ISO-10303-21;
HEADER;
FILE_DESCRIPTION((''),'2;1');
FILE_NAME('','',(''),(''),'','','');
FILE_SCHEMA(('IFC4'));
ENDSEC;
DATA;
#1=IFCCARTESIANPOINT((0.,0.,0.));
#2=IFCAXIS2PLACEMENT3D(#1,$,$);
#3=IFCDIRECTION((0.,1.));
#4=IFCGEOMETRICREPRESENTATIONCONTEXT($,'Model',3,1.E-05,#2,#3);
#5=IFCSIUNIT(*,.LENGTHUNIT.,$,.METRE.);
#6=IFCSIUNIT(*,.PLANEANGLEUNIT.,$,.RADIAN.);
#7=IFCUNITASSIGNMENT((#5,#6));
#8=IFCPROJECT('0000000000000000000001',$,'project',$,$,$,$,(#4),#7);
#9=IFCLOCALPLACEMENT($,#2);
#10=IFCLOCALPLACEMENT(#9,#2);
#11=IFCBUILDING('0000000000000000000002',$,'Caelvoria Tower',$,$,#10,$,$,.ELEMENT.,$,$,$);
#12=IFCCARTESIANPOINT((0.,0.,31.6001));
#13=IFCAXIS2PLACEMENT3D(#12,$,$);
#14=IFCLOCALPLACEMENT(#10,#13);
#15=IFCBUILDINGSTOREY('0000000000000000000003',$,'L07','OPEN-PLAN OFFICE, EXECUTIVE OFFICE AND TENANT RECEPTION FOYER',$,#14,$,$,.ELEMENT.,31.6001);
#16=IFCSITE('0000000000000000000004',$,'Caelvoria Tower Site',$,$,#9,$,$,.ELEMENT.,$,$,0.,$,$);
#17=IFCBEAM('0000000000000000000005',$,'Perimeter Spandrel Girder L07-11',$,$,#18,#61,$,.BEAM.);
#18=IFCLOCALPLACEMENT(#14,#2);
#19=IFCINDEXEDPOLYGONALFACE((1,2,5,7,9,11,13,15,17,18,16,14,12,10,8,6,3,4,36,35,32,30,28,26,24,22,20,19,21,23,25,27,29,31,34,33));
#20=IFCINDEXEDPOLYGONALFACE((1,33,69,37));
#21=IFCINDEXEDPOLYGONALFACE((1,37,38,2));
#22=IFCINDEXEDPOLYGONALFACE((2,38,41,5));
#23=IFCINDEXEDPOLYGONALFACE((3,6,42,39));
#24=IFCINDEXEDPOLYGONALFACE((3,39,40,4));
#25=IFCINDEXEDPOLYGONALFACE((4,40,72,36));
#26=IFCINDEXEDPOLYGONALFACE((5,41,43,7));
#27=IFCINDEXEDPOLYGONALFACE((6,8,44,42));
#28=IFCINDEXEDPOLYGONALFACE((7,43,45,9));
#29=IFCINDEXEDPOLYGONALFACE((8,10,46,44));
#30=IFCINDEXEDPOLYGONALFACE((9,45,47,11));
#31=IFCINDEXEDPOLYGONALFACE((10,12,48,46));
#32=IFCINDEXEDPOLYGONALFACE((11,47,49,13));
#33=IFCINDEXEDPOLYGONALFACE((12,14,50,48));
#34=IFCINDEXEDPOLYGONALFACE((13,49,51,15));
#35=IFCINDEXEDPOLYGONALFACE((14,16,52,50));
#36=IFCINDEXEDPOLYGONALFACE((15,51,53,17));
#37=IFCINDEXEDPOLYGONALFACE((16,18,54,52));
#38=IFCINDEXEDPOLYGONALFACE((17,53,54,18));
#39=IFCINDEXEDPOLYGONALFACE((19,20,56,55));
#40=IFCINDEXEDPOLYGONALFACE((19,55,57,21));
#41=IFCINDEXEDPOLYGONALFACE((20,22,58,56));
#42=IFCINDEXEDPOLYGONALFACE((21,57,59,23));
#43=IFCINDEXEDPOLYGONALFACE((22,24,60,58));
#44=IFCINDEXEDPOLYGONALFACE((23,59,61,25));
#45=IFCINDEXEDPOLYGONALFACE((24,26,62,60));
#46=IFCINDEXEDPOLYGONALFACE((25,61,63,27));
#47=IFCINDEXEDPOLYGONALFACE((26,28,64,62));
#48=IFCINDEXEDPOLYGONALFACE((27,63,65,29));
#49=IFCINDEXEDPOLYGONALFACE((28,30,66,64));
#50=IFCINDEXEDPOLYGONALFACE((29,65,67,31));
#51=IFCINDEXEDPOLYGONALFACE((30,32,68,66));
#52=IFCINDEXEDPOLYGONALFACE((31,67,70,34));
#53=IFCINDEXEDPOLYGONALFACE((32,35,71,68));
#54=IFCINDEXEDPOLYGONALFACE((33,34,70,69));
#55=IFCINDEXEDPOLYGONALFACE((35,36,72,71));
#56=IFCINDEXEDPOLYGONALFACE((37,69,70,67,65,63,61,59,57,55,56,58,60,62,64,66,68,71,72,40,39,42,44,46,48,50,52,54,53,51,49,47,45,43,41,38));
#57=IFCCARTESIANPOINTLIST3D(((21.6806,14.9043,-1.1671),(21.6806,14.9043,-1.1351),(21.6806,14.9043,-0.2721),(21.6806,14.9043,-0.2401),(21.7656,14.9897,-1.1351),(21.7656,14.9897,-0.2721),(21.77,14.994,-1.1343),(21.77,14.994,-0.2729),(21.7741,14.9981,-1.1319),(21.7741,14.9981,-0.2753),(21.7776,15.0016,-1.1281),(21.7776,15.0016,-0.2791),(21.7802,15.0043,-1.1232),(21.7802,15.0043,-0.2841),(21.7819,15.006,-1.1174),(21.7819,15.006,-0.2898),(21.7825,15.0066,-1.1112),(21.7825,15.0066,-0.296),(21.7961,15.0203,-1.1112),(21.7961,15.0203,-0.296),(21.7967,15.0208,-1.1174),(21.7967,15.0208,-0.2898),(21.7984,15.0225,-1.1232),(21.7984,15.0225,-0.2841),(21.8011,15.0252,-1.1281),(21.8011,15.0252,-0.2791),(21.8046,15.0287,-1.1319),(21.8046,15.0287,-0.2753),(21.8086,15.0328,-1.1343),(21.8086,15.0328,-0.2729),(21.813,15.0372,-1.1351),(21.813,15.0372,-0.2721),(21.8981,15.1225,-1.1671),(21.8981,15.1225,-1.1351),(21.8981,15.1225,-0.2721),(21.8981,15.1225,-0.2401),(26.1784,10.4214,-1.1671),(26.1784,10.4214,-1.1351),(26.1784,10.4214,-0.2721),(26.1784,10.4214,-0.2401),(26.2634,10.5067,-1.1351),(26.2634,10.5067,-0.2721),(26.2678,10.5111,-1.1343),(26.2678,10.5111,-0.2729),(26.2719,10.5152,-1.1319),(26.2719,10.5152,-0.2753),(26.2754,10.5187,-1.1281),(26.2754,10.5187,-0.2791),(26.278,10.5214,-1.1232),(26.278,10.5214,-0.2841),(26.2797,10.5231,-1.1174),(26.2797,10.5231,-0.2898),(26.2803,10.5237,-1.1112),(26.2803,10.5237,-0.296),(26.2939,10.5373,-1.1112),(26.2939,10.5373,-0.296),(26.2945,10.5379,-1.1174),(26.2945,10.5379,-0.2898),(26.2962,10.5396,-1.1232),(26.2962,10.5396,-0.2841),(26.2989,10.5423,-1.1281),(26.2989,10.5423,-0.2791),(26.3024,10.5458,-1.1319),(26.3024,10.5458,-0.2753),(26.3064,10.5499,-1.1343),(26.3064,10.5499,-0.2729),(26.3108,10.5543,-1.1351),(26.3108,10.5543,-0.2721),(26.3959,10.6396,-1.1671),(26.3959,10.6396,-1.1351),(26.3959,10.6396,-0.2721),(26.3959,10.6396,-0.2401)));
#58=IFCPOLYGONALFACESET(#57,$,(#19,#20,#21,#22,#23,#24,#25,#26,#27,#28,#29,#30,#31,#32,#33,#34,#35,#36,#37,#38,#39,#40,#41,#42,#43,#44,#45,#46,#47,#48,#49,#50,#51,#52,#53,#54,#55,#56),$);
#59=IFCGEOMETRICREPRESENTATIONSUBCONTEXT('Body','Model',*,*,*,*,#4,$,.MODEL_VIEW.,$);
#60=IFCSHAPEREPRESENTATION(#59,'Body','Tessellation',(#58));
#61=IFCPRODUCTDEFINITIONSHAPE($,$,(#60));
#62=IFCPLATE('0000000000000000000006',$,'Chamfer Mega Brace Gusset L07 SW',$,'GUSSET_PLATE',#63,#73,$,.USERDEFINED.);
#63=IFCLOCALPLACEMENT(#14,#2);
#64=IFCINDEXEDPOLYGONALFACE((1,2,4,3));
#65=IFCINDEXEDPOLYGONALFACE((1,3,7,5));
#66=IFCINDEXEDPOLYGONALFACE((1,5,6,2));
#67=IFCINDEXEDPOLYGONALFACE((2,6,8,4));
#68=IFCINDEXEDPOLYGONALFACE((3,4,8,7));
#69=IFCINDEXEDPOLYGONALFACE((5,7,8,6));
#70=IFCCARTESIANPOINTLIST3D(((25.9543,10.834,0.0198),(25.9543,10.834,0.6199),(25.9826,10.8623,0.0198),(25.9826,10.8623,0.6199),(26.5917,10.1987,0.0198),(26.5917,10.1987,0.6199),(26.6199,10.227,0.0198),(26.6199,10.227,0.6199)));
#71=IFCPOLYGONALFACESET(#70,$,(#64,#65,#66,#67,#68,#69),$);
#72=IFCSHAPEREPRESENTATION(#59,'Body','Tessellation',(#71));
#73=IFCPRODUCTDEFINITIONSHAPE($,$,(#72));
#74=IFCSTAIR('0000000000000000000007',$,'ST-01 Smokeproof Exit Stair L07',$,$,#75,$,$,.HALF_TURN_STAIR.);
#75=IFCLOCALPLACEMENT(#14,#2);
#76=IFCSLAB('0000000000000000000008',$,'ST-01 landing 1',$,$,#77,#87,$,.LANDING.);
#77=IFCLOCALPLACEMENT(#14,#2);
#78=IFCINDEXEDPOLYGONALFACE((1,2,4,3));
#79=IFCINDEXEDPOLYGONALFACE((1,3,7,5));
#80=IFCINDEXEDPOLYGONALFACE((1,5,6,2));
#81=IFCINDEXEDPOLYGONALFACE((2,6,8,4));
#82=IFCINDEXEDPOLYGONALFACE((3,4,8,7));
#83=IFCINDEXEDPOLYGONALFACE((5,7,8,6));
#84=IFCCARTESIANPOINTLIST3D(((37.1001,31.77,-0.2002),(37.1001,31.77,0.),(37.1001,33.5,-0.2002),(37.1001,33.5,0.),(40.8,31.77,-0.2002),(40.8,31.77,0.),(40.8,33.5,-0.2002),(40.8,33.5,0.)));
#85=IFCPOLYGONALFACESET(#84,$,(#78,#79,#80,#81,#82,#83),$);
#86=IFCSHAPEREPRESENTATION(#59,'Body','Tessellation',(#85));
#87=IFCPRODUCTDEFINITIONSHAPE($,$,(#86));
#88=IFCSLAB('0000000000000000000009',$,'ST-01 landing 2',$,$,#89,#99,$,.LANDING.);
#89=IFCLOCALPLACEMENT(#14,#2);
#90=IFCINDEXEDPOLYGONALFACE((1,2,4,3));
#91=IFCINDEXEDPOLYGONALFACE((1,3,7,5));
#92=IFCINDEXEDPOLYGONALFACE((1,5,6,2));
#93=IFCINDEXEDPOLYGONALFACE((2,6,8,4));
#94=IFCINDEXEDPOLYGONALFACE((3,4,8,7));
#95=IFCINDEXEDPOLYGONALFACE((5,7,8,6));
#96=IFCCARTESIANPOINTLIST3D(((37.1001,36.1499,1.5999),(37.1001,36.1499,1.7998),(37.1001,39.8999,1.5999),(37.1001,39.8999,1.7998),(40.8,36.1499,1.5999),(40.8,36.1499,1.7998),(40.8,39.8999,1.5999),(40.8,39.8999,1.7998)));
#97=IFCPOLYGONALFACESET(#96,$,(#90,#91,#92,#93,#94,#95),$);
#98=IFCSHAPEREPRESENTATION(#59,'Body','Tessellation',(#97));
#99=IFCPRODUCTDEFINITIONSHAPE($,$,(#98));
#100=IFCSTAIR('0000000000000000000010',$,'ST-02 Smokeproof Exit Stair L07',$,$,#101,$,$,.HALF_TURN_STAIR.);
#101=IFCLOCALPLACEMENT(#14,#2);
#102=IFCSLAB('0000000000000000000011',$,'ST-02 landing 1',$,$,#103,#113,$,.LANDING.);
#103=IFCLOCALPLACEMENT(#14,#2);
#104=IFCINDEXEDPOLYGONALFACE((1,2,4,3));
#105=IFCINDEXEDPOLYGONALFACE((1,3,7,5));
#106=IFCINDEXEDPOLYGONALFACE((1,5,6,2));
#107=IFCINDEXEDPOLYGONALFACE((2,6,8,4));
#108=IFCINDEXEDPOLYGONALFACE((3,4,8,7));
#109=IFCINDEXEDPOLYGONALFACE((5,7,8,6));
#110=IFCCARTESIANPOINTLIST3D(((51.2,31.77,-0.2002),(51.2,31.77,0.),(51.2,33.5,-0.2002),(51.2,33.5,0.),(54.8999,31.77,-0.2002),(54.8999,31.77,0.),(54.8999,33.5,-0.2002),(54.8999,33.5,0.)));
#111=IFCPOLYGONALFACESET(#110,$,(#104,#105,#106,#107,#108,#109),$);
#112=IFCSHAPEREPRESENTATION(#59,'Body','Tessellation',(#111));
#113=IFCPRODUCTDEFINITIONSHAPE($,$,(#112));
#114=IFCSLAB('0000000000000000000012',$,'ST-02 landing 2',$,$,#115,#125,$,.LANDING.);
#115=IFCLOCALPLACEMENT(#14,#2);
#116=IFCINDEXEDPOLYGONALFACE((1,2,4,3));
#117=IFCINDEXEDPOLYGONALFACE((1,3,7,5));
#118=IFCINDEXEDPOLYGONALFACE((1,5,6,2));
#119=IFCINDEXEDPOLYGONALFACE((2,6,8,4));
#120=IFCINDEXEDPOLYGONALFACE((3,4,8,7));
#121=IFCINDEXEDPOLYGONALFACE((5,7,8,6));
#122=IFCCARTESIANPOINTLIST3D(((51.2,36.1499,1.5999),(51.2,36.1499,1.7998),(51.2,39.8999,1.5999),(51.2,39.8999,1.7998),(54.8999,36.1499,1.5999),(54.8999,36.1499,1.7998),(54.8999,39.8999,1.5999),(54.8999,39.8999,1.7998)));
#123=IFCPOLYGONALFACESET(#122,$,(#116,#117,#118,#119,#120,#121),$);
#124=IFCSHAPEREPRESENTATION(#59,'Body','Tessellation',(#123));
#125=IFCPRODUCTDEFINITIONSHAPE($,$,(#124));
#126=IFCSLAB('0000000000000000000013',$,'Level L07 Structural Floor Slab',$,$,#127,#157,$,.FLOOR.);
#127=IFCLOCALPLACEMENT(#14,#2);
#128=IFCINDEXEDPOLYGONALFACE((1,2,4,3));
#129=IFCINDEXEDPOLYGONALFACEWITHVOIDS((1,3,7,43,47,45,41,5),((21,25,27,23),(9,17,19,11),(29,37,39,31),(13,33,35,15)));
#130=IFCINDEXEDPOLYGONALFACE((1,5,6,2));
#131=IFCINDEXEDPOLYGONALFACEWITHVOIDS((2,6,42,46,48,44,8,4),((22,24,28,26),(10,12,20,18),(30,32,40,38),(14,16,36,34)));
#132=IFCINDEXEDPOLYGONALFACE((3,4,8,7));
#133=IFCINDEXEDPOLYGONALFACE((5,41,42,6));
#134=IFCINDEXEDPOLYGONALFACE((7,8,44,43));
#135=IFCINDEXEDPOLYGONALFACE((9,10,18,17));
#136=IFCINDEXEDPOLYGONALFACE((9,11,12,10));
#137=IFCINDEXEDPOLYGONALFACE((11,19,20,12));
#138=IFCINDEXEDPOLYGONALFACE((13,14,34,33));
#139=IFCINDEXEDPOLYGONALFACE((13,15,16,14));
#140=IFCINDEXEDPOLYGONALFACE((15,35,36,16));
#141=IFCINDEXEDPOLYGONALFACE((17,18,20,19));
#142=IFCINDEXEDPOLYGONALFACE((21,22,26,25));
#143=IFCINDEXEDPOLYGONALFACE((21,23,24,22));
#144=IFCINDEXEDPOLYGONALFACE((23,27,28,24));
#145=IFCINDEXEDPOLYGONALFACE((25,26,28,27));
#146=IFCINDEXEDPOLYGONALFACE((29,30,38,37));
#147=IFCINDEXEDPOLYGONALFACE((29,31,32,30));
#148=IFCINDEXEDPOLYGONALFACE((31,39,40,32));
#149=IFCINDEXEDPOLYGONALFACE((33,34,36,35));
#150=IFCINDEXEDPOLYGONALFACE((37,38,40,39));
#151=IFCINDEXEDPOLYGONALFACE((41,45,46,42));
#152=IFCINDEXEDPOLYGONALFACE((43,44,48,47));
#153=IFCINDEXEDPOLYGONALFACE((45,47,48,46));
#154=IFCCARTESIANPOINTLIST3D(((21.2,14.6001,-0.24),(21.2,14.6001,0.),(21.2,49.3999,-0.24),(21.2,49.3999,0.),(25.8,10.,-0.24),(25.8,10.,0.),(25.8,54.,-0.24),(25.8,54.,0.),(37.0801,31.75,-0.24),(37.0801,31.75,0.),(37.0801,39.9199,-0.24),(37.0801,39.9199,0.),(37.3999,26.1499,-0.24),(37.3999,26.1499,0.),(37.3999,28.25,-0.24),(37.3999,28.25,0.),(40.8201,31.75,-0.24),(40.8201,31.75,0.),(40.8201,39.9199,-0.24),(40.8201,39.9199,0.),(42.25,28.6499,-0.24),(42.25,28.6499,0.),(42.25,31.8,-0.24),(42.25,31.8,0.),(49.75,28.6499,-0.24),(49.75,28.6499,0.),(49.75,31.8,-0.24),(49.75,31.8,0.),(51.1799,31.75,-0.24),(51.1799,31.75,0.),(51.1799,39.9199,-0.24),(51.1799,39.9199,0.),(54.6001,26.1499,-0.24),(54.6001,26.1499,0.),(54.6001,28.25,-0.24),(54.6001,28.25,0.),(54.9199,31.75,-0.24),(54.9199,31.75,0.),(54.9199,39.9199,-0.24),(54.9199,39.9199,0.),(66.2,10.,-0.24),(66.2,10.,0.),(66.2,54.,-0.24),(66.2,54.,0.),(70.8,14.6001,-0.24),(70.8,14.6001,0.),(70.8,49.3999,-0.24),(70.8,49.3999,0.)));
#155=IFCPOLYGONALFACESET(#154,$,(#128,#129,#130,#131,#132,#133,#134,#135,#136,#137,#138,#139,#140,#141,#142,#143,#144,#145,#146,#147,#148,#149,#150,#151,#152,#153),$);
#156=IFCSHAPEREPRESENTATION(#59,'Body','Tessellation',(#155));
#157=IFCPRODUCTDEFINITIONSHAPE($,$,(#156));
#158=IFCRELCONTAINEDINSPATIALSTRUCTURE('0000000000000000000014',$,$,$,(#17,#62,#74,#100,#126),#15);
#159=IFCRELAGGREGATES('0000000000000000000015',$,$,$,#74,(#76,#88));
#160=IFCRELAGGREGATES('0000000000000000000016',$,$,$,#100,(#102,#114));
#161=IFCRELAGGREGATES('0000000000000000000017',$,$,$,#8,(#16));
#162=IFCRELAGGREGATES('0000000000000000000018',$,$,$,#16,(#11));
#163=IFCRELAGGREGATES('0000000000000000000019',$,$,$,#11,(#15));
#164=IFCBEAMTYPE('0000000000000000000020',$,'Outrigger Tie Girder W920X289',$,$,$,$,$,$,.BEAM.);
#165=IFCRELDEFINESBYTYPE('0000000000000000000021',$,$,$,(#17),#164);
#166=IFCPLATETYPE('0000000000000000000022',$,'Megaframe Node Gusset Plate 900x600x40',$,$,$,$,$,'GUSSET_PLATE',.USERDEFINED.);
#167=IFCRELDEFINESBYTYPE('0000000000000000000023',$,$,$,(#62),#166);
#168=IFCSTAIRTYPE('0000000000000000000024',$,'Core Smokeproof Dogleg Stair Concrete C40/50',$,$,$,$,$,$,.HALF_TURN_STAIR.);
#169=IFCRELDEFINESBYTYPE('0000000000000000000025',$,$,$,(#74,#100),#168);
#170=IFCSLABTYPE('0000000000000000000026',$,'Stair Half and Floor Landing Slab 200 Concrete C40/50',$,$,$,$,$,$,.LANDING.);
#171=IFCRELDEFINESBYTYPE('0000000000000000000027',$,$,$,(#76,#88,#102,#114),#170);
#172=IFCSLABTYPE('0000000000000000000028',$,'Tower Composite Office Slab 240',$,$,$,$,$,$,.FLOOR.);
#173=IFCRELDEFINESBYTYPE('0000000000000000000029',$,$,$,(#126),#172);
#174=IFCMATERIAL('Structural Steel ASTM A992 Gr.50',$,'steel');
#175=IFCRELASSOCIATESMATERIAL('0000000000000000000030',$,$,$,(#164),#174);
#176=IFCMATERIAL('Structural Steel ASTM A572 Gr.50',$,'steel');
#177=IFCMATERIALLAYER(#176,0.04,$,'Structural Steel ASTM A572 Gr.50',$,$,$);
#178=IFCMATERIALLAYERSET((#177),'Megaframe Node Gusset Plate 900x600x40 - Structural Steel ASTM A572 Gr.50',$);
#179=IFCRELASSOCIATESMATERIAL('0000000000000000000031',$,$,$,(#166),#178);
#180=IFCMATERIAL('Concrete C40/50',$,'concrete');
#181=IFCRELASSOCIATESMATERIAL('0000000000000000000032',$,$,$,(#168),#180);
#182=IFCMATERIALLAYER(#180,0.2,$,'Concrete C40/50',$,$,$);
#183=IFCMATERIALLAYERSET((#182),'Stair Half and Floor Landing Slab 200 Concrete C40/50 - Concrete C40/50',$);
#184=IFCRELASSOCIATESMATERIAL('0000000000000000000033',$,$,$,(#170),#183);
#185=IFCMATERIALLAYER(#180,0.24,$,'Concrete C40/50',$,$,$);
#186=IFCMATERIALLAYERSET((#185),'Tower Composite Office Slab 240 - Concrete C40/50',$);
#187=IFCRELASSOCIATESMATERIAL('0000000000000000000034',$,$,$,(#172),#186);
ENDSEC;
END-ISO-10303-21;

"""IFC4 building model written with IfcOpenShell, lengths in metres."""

from ifc_helpers import new_model, si_unit, direction, frame, origin, origin_2d, place, context, subcontext, project, spatial, polyline, rectangle, i_section, outline, extrude, material, layer, layer_set, material_profile, profile_set, type_object, element, aggregate, save


model = new_model("IFC4")

# Units and contexts
model_context = context("Model", 3, precision=1e-05, world=origin(), true_north=direction((0.0, 1.0)))
body_context = subcontext(model_context, "Body", "Model", "MODEL_VIEW")
ifc_project = project(units=[si_unit("LENGTHUNIT", "METRE"), si_unit("PLANEANGLEUNIT", "RADIAN")], contexts=[model_context])

# Site, building, storey
site_placement = place(None, origin())
site = spatial("IfcSite", under=ifc_project, at=site_placement, Name="Caelvoria Tower Site", CompositionType="ELEMENT", RefElevation=0.0)
building_placement = place(site_placement, origin())
building = spatial("IfcBuilding", under=site, at=building_placement, Name="Caelvoria Tower", CompositionType="ELEMENT")
storey_placement = place(building_placement, frame((0.0, 0.0, 31.6001)))
storey = spatial("IfcBuildingStorey", under=building, at=storey_placement, Name="L07", Description="OPEN-PLAN OFFICE, EXECUTIVE OFFICE AND TENANT RECEPTION FOYER", CompositionType="ELEMENT", Elevation=31.6001)

# Shared definitions
ifc_material_1 = material(Name="Structural Steel ASTM A572 Gr.50", Category="steel")

# Beam
ifc_material_2 = material(Name="Structural Steel ASTM A992 Gr.50", Category="steel")
ifc_material_profile_1 = material_profile(ifc_material_2, i_section(OverallWidth=0.3081, OverallDepth=0.927, WebThickness=0.0193, FlangeThickness=0.032, FilletRadius=0.0239, at=origin_2d()), Name="Structural Steel ASTM A992 Gr.50")
ifc_profile_set_1 = profile_set([ifc_material_profile_1], Name="W920X289 - Structural Steel ASTM A992 Gr.50")
beam_type = type_object("IfcBeamType", Name="Outrigger Tie Girder W920X289", PredefinedType="BEAM", material=ifc_profile_set_1)
beam_1_placement = place(storey_placement, frame((21.7893, 15.0134, -0.7036), z_axis=(0.708278, -0.705933, 0.0), x_axis=(0.705933, 0.708278, 0.0)))
element("IfcBeam", 1, at=beam_1_placement, inside=storey, type_object=beam_type, Name="Perimeter Spandrel Girder L07-11", PredefinedType="BEAM", context=body_context, shape_type="SweptSolid", body=[
    extrude(i_section(OverallWidth=0.3081, OverallDepth=0.927, WebThickness=0.0193, FlangeThickness=0.032, FilletRadius=0.0239, at=origin_2d()), origin(), (0.0, 0.0, 1.0), 6.3503),
])

# Plate
ifc_layer_1 = layer(ifc_material_1, 0.04, Name="Structural Steel ASTM A572 Gr.50")
ifc_layer_set_1 = layer_set([ifc_layer_1], Name="Megaframe Node Gusset Plate 900x600x40 - Structural Steel ASTM A572 Gr.50")
plate_type = type_object("IfcPlateType", Name="Megaframe Node Gusset Plate 900x600x40", ElementType="GUSSET_PLATE", PredefinedType="USERDEFINED", material=ifc_layer_set_1)
plate_placement = place(storey_placement, frame((26.2871, 10.5305, 0.0198), z_axis=(0.0, 0.0, 1.0), x_axis=(-0.708247, 0.705964, 0.0)))
element("IfcPlate", 2, at=plate_placement, inside=storey, type_object=plate_type, Name="Chamfer Mega Brace Gusset L07 SW", ObjectType="GUSSET_PLATE", PredefinedType="USERDEFINED", context=body_context, shape_type="SweptSolid", body=[
    extrude(rectangle(XDim=0.8999, YDim=0.04, at=origin_2d()), origin(), (0.0, 0.0, 1.0), 0.6001),
])

# Stairs, slabs
ifc_material_3 = material(Name="Concrete C40/50", Category="concrete")
stair_type = type_object("IfcStairType", Name="Core Smokeproof Dogleg Stair Concrete C40/50", PredefinedType="HALF_TURN_STAIR", material=ifc_material_3)
stair_1_placement = place(storey_placement, origin())
stair_1 = element("IfcStair", 3, at=stair_1_placement, inside=storey, type_object=stair_type, Name="ST-01 Smokeproof Exit Stair L07", PredefinedType="HALF_TURN_STAIR")
ifc_layer_2 = layer(ifc_material_3, 0.2, Name="Concrete C40/50")
ifc_layer_set_2 = layer_set([ifc_layer_2], Name="Stair Half and Floor Landing Slab 200 Concrete C40/50 - Concrete C40/50")
slab_type_1 = type_object("IfcSlabType", Name="Stair Half and Floor Landing Slab 200 Concrete C40/50", PredefinedType="LANDING", material=ifc_layer_set_2)
slab_1_placement = place(storey_placement, frame((0.0, 0.0, -0.2002)))
slab_1 = element("IfcSlab", 4, at=slab_1_placement, type_object=slab_type_1, Name="ST-01 landing 1", PredefinedType="LANDING", context=body_context, shape_type="SweptSolid", body=[
    extrude(outline(polyline([(37.1001, 31.77), (40.8, 31.77), (40.8, 33.5), (37.1001, 33.5), (37.1001, 31.77)])), origin(), (0.0, 0.0, 1.0), 0.2002),
])
slab_2_placement = place(storey_placement, frame((0.0, 0.0, 1.5999)))
slab_2 = element("IfcSlab", 5, at=slab_2_placement, type_object=slab_type_1, Name="ST-01 landing 2", PredefinedType="LANDING", context=body_context, shape_type="SweptSolid", body=[
    extrude(outline(polyline([(37.1001, 36.1499), (40.8, 36.1499), (40.8, 39.8999), (37.1001, 39.8999), (37.1001, 36.1499)])), origin(), (0.0, 0.0, 1.0), 0.2),
])
aggregate(stair_1, [slab_1, slab_2])
stair_2_placement = place(storey_placement, origin())
stair_2 = element("IfcStair", 6, at=stair_2_placement, inside=storey, type_object=stair_type, Name="ST-02 Smokeproof Exit Stair L07", PredefinedType="HALF_TURN_STAIR")
slab_3_placement = place(storey_placement, frame((0.0, 0.0, -0.2002)))
slab_3 = element("IfcSlab", 7, at=slab_3_placement, type_object=slab_type_1, Name="ST-02 landing 1", PredefinedType="LANDING", context=body_context, shape_type="SweptSolid", body=[
    extrude(outline(polyline([(51.2, 31.77), (54.8999, 31.77), (54.8999, 33.5), (51.2, 33.5), (51.2, 31.77)])), origin(), (0.0, 0.0, 1.0), 0.2002),
])
slab_4_placement = place(storey_placement, frame((0.0, 0.0, 1.5999)))
slab_4 = element("IfcSlab", 8, at=slab_4_placement, type_object=slab_type_1, Name="ST-02 landing 2", PredefinedType="LANDING", context=body_context, shape_type="SweptSolid", body=[
    extrude(outline(polyline([(51.2, 36.1499), (54.8999, 36.1499), (54.8999, 39.8999), (51.2, 39.8999), (51.2, 36.1499)])), origin(), (0.0, 0.0, 1.0), 0.2),
])
aggregate(stair_2, [slab_3, slab_4])

# Slab
ifc_layer_3 = layer(ifc_material_3, 0.24, Name="Concrete C40/50")
ifc_layer_set_3 = layer_set([ifc_layer_3], Name="Tower Composite Office Slab 240 - Concrete C40/50")
slab_type_2 = type_object("IfcSlabType", Name="Tower Composite Office Slab 240", PredefinedType="FLOOR", material=ifc_layer_set_3)
slab_5_placement = place(storey_placement, frame((0.0, 0.0, -0.24)))
element("IfcSlab", 9, at=slab_5_placement, inside=storey, type_object=slab_type_2, Name="Level L07 Structural Floor Slab", PredefinedType="FLOOR", context=body_context, shape_type="SweptSolid", body=[
    extrude(outline(polyline([(25.8, 10.0), (66.2, 10.0), (70.8, 14.6001), (70.8, 49.3999), (66.2, 54.0), (25.8, 54.0), (21.2, 49.3999), (21.2, 14.6001), (25.8, 10.0)]), holes=[polyline([(37.0801, 31.75), (40.8201, 31.75), (40.8201, 39.9199), (37.0801, 39.9199), (37.0801, 31.75)]), polyline([(51.1799, 31.75), (54.9199, 31.75), (54.9199, 39.9199), (51.1799, 39.9199), (51.1799, 31.75)]), polyline([(42.25, 28.6499), (49.75, 28.6499), (49.75, 31.8), (42.25, 31.8), (42.25, 28.6499)]), polyline([(37.3999, 26.1499), (54.6001, 26.1499), (54.6001, 28.25), (37.3999, 28.25), (37.3999, 26.1499)])]), origin(), (0.0, 0.0, 1.0), 0.24),
])

save(model, "model.ifc")
